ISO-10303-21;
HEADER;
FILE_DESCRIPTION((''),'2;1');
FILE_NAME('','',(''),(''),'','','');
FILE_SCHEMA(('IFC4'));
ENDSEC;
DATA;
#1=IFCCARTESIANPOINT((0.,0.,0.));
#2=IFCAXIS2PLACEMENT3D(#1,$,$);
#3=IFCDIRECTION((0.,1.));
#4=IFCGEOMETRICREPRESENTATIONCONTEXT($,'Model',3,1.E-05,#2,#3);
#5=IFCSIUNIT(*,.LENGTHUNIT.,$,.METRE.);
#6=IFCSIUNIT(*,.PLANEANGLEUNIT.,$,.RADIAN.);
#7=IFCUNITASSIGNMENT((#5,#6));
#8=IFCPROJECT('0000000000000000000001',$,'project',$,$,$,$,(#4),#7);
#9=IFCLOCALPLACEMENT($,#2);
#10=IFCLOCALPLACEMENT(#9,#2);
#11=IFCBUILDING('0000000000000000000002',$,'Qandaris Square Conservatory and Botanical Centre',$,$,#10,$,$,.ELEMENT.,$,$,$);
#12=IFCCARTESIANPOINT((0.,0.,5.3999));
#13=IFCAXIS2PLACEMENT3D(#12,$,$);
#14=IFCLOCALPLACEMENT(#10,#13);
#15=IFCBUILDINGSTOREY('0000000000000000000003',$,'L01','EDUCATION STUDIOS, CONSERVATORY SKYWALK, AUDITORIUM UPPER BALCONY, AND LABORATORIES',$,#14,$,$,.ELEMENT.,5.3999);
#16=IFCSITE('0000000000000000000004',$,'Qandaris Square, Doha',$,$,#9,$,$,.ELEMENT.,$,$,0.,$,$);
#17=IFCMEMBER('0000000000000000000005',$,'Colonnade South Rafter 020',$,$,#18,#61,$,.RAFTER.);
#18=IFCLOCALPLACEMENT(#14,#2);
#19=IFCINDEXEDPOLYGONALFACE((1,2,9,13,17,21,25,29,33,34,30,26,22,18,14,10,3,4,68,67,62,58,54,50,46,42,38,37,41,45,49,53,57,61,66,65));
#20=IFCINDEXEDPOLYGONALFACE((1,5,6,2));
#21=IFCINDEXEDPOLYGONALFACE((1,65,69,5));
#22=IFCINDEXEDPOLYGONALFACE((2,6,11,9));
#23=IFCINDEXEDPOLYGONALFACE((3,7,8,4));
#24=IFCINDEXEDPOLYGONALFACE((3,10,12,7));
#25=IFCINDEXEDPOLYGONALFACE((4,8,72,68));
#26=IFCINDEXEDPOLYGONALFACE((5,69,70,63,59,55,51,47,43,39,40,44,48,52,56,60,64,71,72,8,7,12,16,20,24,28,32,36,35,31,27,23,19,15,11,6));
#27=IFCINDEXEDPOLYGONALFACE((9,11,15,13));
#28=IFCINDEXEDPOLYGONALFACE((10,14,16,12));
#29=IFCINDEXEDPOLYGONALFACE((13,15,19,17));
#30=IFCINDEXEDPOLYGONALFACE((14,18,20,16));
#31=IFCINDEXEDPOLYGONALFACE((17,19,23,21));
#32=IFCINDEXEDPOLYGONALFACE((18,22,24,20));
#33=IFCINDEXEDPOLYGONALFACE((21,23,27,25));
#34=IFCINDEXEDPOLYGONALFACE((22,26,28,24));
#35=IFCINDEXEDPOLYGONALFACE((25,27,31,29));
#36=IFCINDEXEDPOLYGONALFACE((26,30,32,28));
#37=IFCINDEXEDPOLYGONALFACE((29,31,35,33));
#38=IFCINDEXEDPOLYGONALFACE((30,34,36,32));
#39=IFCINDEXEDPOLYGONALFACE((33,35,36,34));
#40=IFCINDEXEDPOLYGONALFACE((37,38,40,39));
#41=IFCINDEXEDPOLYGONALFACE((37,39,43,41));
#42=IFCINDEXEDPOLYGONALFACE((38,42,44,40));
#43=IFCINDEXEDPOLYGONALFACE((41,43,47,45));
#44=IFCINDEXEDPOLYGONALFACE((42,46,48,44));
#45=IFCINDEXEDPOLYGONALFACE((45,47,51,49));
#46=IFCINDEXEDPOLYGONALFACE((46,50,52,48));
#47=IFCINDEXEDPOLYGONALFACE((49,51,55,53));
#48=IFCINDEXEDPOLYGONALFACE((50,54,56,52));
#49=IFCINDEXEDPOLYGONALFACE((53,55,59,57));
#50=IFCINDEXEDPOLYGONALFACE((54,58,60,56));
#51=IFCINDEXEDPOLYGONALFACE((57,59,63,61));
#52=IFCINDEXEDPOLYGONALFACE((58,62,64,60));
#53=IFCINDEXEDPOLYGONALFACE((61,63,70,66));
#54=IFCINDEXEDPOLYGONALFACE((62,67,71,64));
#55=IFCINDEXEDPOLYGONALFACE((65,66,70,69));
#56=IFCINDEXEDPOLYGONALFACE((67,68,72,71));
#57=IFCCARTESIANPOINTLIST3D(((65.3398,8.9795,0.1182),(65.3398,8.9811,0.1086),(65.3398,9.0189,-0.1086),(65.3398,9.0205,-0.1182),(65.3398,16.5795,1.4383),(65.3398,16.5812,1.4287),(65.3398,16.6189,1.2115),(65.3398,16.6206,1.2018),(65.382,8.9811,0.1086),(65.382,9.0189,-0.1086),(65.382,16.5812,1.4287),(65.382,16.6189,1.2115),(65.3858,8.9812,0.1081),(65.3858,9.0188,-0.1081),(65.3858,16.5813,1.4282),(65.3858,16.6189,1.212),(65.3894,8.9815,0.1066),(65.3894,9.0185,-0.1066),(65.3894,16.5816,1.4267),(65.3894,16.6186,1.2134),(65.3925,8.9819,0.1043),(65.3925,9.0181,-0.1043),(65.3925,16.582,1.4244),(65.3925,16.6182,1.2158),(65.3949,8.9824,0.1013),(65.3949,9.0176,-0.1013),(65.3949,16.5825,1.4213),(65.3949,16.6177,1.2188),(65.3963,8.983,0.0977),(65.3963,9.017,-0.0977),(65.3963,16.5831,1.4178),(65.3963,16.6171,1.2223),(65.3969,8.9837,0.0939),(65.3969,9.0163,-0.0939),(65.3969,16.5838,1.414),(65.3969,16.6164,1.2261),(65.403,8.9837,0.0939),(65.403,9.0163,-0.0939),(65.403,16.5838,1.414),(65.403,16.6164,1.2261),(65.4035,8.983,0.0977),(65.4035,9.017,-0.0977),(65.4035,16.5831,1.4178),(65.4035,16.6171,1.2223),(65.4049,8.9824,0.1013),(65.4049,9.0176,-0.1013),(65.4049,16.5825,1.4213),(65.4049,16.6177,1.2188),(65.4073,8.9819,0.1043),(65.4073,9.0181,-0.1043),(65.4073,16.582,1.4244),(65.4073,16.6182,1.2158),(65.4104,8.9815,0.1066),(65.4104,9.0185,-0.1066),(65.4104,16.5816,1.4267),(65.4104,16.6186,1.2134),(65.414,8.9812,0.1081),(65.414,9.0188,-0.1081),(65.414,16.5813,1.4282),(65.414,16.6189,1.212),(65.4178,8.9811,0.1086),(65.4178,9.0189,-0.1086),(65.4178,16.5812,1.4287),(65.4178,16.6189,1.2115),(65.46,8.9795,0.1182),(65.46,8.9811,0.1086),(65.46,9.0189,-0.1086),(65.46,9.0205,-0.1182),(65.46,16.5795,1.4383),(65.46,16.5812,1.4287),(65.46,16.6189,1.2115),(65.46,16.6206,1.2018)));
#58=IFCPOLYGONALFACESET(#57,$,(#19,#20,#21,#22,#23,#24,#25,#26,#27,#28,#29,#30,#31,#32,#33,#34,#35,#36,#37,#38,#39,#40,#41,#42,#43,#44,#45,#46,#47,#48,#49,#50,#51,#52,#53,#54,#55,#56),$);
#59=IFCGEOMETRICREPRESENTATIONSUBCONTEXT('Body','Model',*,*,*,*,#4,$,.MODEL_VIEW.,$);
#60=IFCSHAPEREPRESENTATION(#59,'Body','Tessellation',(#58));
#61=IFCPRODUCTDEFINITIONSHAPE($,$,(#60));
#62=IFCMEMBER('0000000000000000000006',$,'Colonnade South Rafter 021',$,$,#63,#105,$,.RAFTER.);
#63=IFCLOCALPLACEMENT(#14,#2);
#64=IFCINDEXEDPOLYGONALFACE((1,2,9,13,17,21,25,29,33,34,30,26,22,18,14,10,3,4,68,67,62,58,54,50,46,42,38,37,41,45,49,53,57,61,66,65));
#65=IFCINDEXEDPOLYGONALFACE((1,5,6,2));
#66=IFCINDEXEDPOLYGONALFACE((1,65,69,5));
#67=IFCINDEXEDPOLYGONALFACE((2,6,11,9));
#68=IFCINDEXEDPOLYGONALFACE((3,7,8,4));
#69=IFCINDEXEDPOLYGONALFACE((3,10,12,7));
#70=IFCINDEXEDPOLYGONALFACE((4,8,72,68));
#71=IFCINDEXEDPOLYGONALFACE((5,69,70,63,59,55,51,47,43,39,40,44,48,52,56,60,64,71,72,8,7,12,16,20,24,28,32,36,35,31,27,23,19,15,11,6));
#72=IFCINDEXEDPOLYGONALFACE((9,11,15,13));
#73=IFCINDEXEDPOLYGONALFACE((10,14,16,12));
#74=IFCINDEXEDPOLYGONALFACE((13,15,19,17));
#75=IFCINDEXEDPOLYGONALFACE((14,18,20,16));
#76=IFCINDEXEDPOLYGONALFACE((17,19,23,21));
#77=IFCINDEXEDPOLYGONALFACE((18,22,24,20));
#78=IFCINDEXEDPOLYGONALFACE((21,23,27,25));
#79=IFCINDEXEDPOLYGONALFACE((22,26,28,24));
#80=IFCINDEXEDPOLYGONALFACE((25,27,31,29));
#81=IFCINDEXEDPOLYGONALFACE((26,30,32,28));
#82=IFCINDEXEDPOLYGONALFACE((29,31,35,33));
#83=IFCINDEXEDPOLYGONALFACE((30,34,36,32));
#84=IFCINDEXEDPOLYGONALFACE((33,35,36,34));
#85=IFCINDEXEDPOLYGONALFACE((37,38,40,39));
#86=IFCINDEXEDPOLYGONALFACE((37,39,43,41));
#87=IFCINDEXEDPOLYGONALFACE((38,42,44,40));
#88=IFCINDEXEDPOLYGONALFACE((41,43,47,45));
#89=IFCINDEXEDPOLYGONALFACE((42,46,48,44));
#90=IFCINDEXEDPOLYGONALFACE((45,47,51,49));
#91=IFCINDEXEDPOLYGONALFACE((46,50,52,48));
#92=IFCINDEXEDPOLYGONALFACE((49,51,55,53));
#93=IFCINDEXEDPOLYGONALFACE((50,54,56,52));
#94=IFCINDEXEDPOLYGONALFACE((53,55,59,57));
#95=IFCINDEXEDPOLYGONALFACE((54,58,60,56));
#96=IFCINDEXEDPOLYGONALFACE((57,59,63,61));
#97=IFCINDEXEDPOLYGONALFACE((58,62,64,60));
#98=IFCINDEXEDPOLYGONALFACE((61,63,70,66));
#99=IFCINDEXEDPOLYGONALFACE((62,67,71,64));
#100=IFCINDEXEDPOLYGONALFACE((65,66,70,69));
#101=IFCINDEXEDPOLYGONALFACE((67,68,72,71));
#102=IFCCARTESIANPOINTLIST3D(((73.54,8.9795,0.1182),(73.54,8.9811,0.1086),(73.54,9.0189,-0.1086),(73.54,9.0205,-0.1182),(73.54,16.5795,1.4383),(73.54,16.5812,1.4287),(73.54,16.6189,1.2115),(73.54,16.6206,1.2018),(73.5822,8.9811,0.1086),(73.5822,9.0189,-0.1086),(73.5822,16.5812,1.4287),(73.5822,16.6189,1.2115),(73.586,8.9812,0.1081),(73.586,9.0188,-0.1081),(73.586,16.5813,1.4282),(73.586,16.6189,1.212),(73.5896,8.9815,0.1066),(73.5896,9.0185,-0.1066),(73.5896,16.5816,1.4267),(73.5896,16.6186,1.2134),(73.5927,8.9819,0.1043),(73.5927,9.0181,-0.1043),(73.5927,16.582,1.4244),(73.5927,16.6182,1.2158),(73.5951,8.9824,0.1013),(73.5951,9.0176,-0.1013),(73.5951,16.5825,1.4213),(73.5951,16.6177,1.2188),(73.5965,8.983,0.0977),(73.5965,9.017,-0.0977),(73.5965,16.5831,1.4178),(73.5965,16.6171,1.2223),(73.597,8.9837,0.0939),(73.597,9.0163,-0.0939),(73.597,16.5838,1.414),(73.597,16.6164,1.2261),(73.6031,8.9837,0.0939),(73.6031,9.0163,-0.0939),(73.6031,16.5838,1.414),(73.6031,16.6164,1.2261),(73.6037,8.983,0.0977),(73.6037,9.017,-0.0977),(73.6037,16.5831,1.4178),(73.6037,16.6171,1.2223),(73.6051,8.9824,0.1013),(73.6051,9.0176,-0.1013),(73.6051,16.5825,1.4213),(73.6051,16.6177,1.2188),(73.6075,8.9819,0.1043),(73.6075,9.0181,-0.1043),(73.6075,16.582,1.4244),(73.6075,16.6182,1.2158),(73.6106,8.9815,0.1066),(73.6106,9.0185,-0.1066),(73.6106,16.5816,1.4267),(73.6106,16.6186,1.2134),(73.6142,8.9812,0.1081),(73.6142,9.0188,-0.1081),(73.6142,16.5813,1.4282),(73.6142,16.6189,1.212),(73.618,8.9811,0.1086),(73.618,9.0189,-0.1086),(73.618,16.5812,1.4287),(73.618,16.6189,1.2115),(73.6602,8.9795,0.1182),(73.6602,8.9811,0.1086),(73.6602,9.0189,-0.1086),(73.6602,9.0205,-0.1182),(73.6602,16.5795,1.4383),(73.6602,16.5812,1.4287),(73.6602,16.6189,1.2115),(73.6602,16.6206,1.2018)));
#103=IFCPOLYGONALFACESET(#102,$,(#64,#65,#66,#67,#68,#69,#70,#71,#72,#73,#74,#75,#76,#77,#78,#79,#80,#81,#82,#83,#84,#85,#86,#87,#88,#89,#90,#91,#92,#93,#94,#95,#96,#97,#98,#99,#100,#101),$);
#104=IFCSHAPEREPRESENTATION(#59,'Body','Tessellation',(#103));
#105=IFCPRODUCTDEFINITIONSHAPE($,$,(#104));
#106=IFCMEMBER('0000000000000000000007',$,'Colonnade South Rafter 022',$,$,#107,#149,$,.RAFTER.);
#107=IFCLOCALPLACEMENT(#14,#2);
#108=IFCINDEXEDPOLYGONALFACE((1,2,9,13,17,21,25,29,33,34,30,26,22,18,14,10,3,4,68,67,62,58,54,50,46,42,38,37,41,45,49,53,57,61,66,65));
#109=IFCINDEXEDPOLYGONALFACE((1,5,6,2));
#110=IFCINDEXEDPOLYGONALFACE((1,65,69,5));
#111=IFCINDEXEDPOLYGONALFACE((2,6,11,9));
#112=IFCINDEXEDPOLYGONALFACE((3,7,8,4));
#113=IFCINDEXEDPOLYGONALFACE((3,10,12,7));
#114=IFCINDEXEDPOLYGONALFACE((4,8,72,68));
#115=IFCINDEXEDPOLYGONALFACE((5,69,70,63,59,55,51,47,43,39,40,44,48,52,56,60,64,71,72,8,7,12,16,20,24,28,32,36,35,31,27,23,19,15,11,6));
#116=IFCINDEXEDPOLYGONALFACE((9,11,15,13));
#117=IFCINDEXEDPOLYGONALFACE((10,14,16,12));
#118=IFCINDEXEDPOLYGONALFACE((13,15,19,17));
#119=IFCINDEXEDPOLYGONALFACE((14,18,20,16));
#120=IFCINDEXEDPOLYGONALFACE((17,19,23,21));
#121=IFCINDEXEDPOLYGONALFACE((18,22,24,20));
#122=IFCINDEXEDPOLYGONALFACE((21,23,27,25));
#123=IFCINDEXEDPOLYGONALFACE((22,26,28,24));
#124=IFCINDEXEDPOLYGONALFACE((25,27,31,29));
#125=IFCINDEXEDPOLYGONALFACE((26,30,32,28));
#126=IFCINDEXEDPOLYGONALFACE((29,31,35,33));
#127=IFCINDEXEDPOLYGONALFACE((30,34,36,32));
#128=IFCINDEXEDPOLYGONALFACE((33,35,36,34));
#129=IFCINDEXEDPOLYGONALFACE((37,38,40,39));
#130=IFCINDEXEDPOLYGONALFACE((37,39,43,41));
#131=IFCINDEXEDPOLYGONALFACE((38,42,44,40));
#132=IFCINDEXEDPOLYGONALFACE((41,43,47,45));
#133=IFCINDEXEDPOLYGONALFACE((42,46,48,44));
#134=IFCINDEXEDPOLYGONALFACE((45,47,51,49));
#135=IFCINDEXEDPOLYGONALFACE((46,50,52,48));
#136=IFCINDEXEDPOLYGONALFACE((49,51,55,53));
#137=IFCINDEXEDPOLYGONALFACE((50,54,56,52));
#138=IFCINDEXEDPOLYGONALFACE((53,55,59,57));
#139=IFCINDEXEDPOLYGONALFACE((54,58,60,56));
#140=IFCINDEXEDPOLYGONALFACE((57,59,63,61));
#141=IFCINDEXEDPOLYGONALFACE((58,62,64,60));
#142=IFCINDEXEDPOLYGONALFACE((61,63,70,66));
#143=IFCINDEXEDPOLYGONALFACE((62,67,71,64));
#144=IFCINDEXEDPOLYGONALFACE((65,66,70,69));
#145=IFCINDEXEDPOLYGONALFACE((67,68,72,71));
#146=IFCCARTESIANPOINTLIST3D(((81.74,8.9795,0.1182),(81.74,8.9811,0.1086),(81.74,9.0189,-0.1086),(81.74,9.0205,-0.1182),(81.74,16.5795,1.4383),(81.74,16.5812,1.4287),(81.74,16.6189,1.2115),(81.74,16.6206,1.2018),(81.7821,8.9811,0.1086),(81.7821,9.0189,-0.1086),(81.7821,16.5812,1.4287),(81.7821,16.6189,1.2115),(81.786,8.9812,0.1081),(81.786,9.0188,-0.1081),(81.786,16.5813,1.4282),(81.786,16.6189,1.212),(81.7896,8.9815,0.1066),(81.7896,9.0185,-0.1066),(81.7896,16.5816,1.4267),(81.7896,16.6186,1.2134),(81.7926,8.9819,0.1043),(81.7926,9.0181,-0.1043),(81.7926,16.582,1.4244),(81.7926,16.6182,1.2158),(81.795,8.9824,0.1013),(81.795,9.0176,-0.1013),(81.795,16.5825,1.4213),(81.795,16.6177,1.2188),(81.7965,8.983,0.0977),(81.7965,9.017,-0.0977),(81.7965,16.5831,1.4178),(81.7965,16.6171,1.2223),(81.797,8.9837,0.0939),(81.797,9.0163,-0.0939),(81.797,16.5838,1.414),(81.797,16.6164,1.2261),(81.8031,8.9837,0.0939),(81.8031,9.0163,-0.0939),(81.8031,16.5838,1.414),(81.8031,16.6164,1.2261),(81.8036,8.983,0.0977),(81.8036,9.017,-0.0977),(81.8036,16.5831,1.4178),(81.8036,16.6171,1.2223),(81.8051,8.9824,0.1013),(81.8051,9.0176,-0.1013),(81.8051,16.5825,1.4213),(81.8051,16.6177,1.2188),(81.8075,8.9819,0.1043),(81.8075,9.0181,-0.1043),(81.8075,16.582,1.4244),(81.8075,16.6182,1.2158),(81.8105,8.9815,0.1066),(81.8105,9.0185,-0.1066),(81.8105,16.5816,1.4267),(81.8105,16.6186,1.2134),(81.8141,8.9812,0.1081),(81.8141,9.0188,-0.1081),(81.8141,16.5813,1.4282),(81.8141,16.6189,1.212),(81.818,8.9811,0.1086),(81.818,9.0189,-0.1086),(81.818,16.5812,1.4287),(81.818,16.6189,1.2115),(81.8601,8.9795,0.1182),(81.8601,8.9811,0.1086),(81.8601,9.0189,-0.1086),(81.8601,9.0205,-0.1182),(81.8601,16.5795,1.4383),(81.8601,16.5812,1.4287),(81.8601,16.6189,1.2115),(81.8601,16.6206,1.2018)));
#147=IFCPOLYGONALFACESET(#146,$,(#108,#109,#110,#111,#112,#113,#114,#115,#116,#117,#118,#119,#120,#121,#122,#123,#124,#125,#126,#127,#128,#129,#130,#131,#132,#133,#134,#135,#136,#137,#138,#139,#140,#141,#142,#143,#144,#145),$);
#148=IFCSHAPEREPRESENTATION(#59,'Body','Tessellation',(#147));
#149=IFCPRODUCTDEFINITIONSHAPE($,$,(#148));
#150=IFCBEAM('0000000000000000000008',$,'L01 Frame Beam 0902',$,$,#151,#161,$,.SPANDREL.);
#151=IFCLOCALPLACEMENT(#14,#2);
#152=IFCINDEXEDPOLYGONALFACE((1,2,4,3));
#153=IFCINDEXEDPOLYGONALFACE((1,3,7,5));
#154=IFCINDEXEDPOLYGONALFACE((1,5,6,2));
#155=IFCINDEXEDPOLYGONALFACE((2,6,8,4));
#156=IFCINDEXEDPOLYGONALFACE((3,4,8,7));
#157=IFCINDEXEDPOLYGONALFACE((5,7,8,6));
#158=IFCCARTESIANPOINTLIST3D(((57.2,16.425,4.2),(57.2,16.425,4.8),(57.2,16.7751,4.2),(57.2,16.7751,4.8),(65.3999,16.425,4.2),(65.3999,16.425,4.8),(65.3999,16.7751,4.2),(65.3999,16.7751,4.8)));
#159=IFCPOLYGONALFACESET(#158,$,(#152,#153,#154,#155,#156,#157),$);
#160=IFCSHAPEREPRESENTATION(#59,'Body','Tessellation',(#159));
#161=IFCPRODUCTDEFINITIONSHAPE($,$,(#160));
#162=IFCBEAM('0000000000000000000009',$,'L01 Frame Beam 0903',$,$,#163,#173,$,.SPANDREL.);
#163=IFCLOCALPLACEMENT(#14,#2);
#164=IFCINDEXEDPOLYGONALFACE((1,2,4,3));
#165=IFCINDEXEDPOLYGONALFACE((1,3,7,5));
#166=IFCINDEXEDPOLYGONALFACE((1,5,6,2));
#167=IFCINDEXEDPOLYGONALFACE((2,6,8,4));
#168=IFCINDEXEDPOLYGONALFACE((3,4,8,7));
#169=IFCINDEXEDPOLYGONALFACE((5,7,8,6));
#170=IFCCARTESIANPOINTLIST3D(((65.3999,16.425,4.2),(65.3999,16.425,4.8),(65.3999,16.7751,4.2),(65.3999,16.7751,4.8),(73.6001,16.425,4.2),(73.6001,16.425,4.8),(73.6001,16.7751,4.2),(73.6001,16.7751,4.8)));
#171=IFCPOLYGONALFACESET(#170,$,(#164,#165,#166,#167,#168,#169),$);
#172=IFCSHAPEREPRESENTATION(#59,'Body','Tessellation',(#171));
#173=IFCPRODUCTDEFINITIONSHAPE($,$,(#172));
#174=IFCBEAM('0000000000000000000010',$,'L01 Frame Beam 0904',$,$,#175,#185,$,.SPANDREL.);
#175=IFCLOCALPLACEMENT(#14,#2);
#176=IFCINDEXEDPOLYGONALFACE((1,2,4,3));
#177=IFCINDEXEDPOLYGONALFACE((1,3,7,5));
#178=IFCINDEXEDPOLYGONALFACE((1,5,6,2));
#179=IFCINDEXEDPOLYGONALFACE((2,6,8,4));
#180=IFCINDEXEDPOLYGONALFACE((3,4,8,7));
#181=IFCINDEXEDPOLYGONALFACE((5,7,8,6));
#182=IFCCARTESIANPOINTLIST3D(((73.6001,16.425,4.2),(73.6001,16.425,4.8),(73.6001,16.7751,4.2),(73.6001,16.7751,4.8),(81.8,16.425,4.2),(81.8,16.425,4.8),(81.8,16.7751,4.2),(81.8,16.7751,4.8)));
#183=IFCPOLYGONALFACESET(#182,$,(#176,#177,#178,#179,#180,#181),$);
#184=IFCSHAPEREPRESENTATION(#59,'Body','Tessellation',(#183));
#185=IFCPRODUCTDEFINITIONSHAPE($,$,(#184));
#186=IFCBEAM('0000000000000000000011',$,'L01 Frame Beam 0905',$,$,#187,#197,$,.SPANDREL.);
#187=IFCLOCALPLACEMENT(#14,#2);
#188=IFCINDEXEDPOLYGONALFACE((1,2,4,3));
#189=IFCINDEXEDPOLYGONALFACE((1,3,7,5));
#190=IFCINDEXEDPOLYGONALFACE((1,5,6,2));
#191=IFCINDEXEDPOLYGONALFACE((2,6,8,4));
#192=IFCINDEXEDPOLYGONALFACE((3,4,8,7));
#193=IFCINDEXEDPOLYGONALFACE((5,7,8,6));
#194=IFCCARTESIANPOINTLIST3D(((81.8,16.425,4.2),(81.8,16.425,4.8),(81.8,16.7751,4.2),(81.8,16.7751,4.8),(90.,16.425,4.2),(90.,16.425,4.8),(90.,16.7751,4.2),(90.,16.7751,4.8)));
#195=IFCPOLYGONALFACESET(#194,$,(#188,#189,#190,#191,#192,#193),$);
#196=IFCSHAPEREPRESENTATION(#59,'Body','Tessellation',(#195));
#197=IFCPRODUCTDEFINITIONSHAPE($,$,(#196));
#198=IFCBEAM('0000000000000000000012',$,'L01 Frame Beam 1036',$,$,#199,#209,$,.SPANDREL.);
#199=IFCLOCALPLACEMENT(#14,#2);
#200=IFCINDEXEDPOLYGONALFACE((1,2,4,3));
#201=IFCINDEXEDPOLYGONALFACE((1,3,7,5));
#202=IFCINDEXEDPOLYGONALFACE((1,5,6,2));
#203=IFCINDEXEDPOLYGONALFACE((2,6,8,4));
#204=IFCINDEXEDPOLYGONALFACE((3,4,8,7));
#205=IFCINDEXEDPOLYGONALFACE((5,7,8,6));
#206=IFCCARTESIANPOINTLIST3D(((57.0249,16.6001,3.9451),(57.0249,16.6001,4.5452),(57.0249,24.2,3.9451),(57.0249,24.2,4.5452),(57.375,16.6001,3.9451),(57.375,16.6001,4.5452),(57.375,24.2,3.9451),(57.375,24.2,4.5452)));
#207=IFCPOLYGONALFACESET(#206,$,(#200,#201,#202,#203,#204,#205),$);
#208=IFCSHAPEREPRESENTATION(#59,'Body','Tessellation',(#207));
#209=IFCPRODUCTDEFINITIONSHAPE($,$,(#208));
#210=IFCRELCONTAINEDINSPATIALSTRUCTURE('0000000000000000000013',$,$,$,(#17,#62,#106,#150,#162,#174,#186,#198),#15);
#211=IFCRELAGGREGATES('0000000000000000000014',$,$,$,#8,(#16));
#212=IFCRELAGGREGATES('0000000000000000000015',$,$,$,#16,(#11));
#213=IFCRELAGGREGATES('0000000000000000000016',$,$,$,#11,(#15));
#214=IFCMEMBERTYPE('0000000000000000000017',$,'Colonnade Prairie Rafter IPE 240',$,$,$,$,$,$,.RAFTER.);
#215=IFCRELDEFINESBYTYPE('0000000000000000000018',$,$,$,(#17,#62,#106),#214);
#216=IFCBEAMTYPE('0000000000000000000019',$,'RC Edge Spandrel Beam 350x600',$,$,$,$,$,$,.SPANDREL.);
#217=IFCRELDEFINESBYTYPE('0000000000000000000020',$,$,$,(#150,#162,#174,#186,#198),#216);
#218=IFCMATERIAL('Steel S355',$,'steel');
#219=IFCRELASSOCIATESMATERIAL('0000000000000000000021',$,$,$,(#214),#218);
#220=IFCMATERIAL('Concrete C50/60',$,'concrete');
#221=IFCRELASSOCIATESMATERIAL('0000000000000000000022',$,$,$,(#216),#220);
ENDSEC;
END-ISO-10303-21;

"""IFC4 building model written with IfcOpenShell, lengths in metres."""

from ifc_helpers import new_model, si_unit, direction, frame, origin, origin_2d, place, context, subcontext, project, spatial, rectangle, i_section, extrude, material, material_profile, profile_set, type_object, element, save


model = new_model("IFC4")

# Units and contexts
model_context = context("Model", 3, precision=1e-05, world=origin(), true_north=direction((0.0, 1.0)))
body_context = subcontext(model_context, "Body", "Model", "MODEL_VIEW")
ifc_project = project(units=[si_unit("LENGTHUNIT", "METRE"), si_unit("PLANEANGLEUNIT", "RADIAN")], contexts=[model_context])

# Site, building, storey
site_placement = place(None, origin())
site = spatial("IfcSite", under=ifc_project, at=site_placement, Name="Qandaris Square, Doha", CompositionType="ELEMENT", RefElevation=0.0)
building_placement = place(site_placement, origin())
building = spatial("IfcBuilding", under=site, at=building_placement, Name="Qandaris Square Conservatory and Botanical Centre", CompositionType="ELEMENT")
storey_placement = place(building_placement, frame((0.0, 0.0, 5.3999)))
storey = spatial("IfcBuildingStorey", under=building, at=storey_placement, Name="L01", Description="EDUCATION STUDIOS, CONSERVATORY SKYWALK, AUDITORIUM UPPER BALCONY, AND LABORATORIES", CompositionType="ELEMENT", Elevation=5.3999)

# Shared definitions
ifc_material_1 = material(Name="Concrete C50/60", Category="concrete")

# Members
ifc_material_2 = material(Name="Steel S355", Category="steel")
ifc_material_profile_1 = material_profile(ifc_material_2, i_section(OverallWidth=0.1201, OverallDepth=0.24, WebThickness=0.0061, FlangeThickness=0.0098, FilletRadius=0.0149, at=origin_2d()), Name="IPE 240")
ifc_profile_set_1 = profile_set([ifc_material_profile_1], Name="Steel S355")
member_type = type_object("IfcMemberType", Name="Colonnade Prairie Rafter IPE 240", PredefinedType="RAFTER", material=ifc_profile_set_1)
for number, where, z_axis, x_axis, name in (
    (1, (65.3999, 9.0, 0.0), (0.0, 0.985249, 0.171129), (-1.0, 0.0, 0.0), "Colonnade South Rafter 020"),
    (2, (73.6001, 9.0, 0.0), (0.0, 0.985249, 0.171129), (-1.0, 0.0, 0.0), "Colonnade South Rafter 021"),
    (3, (81.8, 9.0, 0.0), (0.0, 0.985249, 0.171129), (-1.0, 0.0, 0.0), "Colonnade South Rafter 022"),
):
    element("IfcMember", number, at=place(storey_placement, frame(where, z_axis=z_axis, x_axis=x_axis)), inside=storey, type_object=member_type, Name=name, PredefinedType="RAFTER", context=body_context, shape_type="SweptSolid", body=[
        extrude(i_section(OverallWidth=0.1201, OverallDepth=0.24, WebThickness=0.0061, FlangeThickness=0.0098, FilletRadius=0.0149, at=origin_2d()), origin(), (0.0, 0.0, 1.0), 7.7139),
    ])

# Beams
ifc_material_profile_2 = material_profile(ifc_material_1, rectangle(XDim=0.3501, YDim=0.6001, at=origin_2d()), Name="RC-SP 350x600")
ifc_profile_set_2 = profile_set([ifc_material_profile_2], Name="Concrete C50/60")
beam_type = type_object("IfcBeamType", Name="RC Edge Spandrel Beam 350x600", PredefinedType="SPANDREL", material=ifc_profile_set_2)
beam_1_placement = place(storey_placement, frame((57.2, 16.6001, 4.5), z_axis=(1.0, 0.0, 0.0), x_axis=(0.0, 1.0, 0.0)))
element("IfcBeam", 4, at=beam_1_placement, inside=storey, type_object=beam_type, Name="L01 Frame Beam 0902", PredefinedType="SPANDREL", context=body_context, shape_type="SweptSolid", body=[
    extrude(rectangle(XDim=0.3501, YDim=0.6001, at=origin_2d()), origin(), (0.0, 0.0, 1.0), 8.2),
])
beam_2_placement = place(storey_placement, frame((65.3999, 16.6001, 4.5), z_axis=(1.0, 0.0, 0.0), x_axis=(0.0, 1.0, 0.0)))
element("IfcBeam", 5, at=beam_2_placement, inside=storey, type_object=beam_type, Name="L01 Frame Beam 0903", PredefinedType="SPANDREL", context=body_context, shape_type="SweptSolid", body=[
    extrude(rectangle(XDim=0.3501, YDim=0.6001, at=origin_2d()), origin(), (0.0, 0.0, 1.0), 8.2002),
])
for number, where, z_axis, x_axis, name in (
    (6, (73.6001, 16.6001, 4.5), (1.0, 0.0, 0.0), (0.0, 1.0, 0.0), "L01 Frame Beam 0904"),
    (7, (81.8, 16.6001, 4.5), (1.0, 0.0, 0.0), (0.0, 1.0, 0.0), "L01 Frame Beam 0905"),
):
    element("IfcBeam", number, at=place(storey_placement, frame(where, z_axis=z_axis, x_axis=x_axis)), inside=storey, type_object=beam_type, Name=name, PredefinedType="SPANDREL", context=body_context, shape_type="SweptSolid", body=[
        extrude(rectangle(XDim=0.3501, YDim=0.6001, at=origin_2d()), origin(), (0.0, 0.0, 1.0), 8.2),
    ])
beam_3_placement = place(storey_placement, frame((57.2, 16.6001, 4.2451), z_axis=(0.0, 1.0, 0.0), x_axis=(-1.0, 0.0, 0.0)))
element("IfcBeam", 8, at=beam_3_placement, inside=storey, type_object=beam_type, Name="L01 Frame Beam 1036", PredefinedType="SPANDREL", context=body_context, shape_type="SweptSolid", body=[
    extrude(rectangle(XDim=0.3501, YDim=0.6001, at=origin_2d()), origin(), (0.0, 0.0, 1.0), 7.5999),
])

save(model, "model.ifc")
